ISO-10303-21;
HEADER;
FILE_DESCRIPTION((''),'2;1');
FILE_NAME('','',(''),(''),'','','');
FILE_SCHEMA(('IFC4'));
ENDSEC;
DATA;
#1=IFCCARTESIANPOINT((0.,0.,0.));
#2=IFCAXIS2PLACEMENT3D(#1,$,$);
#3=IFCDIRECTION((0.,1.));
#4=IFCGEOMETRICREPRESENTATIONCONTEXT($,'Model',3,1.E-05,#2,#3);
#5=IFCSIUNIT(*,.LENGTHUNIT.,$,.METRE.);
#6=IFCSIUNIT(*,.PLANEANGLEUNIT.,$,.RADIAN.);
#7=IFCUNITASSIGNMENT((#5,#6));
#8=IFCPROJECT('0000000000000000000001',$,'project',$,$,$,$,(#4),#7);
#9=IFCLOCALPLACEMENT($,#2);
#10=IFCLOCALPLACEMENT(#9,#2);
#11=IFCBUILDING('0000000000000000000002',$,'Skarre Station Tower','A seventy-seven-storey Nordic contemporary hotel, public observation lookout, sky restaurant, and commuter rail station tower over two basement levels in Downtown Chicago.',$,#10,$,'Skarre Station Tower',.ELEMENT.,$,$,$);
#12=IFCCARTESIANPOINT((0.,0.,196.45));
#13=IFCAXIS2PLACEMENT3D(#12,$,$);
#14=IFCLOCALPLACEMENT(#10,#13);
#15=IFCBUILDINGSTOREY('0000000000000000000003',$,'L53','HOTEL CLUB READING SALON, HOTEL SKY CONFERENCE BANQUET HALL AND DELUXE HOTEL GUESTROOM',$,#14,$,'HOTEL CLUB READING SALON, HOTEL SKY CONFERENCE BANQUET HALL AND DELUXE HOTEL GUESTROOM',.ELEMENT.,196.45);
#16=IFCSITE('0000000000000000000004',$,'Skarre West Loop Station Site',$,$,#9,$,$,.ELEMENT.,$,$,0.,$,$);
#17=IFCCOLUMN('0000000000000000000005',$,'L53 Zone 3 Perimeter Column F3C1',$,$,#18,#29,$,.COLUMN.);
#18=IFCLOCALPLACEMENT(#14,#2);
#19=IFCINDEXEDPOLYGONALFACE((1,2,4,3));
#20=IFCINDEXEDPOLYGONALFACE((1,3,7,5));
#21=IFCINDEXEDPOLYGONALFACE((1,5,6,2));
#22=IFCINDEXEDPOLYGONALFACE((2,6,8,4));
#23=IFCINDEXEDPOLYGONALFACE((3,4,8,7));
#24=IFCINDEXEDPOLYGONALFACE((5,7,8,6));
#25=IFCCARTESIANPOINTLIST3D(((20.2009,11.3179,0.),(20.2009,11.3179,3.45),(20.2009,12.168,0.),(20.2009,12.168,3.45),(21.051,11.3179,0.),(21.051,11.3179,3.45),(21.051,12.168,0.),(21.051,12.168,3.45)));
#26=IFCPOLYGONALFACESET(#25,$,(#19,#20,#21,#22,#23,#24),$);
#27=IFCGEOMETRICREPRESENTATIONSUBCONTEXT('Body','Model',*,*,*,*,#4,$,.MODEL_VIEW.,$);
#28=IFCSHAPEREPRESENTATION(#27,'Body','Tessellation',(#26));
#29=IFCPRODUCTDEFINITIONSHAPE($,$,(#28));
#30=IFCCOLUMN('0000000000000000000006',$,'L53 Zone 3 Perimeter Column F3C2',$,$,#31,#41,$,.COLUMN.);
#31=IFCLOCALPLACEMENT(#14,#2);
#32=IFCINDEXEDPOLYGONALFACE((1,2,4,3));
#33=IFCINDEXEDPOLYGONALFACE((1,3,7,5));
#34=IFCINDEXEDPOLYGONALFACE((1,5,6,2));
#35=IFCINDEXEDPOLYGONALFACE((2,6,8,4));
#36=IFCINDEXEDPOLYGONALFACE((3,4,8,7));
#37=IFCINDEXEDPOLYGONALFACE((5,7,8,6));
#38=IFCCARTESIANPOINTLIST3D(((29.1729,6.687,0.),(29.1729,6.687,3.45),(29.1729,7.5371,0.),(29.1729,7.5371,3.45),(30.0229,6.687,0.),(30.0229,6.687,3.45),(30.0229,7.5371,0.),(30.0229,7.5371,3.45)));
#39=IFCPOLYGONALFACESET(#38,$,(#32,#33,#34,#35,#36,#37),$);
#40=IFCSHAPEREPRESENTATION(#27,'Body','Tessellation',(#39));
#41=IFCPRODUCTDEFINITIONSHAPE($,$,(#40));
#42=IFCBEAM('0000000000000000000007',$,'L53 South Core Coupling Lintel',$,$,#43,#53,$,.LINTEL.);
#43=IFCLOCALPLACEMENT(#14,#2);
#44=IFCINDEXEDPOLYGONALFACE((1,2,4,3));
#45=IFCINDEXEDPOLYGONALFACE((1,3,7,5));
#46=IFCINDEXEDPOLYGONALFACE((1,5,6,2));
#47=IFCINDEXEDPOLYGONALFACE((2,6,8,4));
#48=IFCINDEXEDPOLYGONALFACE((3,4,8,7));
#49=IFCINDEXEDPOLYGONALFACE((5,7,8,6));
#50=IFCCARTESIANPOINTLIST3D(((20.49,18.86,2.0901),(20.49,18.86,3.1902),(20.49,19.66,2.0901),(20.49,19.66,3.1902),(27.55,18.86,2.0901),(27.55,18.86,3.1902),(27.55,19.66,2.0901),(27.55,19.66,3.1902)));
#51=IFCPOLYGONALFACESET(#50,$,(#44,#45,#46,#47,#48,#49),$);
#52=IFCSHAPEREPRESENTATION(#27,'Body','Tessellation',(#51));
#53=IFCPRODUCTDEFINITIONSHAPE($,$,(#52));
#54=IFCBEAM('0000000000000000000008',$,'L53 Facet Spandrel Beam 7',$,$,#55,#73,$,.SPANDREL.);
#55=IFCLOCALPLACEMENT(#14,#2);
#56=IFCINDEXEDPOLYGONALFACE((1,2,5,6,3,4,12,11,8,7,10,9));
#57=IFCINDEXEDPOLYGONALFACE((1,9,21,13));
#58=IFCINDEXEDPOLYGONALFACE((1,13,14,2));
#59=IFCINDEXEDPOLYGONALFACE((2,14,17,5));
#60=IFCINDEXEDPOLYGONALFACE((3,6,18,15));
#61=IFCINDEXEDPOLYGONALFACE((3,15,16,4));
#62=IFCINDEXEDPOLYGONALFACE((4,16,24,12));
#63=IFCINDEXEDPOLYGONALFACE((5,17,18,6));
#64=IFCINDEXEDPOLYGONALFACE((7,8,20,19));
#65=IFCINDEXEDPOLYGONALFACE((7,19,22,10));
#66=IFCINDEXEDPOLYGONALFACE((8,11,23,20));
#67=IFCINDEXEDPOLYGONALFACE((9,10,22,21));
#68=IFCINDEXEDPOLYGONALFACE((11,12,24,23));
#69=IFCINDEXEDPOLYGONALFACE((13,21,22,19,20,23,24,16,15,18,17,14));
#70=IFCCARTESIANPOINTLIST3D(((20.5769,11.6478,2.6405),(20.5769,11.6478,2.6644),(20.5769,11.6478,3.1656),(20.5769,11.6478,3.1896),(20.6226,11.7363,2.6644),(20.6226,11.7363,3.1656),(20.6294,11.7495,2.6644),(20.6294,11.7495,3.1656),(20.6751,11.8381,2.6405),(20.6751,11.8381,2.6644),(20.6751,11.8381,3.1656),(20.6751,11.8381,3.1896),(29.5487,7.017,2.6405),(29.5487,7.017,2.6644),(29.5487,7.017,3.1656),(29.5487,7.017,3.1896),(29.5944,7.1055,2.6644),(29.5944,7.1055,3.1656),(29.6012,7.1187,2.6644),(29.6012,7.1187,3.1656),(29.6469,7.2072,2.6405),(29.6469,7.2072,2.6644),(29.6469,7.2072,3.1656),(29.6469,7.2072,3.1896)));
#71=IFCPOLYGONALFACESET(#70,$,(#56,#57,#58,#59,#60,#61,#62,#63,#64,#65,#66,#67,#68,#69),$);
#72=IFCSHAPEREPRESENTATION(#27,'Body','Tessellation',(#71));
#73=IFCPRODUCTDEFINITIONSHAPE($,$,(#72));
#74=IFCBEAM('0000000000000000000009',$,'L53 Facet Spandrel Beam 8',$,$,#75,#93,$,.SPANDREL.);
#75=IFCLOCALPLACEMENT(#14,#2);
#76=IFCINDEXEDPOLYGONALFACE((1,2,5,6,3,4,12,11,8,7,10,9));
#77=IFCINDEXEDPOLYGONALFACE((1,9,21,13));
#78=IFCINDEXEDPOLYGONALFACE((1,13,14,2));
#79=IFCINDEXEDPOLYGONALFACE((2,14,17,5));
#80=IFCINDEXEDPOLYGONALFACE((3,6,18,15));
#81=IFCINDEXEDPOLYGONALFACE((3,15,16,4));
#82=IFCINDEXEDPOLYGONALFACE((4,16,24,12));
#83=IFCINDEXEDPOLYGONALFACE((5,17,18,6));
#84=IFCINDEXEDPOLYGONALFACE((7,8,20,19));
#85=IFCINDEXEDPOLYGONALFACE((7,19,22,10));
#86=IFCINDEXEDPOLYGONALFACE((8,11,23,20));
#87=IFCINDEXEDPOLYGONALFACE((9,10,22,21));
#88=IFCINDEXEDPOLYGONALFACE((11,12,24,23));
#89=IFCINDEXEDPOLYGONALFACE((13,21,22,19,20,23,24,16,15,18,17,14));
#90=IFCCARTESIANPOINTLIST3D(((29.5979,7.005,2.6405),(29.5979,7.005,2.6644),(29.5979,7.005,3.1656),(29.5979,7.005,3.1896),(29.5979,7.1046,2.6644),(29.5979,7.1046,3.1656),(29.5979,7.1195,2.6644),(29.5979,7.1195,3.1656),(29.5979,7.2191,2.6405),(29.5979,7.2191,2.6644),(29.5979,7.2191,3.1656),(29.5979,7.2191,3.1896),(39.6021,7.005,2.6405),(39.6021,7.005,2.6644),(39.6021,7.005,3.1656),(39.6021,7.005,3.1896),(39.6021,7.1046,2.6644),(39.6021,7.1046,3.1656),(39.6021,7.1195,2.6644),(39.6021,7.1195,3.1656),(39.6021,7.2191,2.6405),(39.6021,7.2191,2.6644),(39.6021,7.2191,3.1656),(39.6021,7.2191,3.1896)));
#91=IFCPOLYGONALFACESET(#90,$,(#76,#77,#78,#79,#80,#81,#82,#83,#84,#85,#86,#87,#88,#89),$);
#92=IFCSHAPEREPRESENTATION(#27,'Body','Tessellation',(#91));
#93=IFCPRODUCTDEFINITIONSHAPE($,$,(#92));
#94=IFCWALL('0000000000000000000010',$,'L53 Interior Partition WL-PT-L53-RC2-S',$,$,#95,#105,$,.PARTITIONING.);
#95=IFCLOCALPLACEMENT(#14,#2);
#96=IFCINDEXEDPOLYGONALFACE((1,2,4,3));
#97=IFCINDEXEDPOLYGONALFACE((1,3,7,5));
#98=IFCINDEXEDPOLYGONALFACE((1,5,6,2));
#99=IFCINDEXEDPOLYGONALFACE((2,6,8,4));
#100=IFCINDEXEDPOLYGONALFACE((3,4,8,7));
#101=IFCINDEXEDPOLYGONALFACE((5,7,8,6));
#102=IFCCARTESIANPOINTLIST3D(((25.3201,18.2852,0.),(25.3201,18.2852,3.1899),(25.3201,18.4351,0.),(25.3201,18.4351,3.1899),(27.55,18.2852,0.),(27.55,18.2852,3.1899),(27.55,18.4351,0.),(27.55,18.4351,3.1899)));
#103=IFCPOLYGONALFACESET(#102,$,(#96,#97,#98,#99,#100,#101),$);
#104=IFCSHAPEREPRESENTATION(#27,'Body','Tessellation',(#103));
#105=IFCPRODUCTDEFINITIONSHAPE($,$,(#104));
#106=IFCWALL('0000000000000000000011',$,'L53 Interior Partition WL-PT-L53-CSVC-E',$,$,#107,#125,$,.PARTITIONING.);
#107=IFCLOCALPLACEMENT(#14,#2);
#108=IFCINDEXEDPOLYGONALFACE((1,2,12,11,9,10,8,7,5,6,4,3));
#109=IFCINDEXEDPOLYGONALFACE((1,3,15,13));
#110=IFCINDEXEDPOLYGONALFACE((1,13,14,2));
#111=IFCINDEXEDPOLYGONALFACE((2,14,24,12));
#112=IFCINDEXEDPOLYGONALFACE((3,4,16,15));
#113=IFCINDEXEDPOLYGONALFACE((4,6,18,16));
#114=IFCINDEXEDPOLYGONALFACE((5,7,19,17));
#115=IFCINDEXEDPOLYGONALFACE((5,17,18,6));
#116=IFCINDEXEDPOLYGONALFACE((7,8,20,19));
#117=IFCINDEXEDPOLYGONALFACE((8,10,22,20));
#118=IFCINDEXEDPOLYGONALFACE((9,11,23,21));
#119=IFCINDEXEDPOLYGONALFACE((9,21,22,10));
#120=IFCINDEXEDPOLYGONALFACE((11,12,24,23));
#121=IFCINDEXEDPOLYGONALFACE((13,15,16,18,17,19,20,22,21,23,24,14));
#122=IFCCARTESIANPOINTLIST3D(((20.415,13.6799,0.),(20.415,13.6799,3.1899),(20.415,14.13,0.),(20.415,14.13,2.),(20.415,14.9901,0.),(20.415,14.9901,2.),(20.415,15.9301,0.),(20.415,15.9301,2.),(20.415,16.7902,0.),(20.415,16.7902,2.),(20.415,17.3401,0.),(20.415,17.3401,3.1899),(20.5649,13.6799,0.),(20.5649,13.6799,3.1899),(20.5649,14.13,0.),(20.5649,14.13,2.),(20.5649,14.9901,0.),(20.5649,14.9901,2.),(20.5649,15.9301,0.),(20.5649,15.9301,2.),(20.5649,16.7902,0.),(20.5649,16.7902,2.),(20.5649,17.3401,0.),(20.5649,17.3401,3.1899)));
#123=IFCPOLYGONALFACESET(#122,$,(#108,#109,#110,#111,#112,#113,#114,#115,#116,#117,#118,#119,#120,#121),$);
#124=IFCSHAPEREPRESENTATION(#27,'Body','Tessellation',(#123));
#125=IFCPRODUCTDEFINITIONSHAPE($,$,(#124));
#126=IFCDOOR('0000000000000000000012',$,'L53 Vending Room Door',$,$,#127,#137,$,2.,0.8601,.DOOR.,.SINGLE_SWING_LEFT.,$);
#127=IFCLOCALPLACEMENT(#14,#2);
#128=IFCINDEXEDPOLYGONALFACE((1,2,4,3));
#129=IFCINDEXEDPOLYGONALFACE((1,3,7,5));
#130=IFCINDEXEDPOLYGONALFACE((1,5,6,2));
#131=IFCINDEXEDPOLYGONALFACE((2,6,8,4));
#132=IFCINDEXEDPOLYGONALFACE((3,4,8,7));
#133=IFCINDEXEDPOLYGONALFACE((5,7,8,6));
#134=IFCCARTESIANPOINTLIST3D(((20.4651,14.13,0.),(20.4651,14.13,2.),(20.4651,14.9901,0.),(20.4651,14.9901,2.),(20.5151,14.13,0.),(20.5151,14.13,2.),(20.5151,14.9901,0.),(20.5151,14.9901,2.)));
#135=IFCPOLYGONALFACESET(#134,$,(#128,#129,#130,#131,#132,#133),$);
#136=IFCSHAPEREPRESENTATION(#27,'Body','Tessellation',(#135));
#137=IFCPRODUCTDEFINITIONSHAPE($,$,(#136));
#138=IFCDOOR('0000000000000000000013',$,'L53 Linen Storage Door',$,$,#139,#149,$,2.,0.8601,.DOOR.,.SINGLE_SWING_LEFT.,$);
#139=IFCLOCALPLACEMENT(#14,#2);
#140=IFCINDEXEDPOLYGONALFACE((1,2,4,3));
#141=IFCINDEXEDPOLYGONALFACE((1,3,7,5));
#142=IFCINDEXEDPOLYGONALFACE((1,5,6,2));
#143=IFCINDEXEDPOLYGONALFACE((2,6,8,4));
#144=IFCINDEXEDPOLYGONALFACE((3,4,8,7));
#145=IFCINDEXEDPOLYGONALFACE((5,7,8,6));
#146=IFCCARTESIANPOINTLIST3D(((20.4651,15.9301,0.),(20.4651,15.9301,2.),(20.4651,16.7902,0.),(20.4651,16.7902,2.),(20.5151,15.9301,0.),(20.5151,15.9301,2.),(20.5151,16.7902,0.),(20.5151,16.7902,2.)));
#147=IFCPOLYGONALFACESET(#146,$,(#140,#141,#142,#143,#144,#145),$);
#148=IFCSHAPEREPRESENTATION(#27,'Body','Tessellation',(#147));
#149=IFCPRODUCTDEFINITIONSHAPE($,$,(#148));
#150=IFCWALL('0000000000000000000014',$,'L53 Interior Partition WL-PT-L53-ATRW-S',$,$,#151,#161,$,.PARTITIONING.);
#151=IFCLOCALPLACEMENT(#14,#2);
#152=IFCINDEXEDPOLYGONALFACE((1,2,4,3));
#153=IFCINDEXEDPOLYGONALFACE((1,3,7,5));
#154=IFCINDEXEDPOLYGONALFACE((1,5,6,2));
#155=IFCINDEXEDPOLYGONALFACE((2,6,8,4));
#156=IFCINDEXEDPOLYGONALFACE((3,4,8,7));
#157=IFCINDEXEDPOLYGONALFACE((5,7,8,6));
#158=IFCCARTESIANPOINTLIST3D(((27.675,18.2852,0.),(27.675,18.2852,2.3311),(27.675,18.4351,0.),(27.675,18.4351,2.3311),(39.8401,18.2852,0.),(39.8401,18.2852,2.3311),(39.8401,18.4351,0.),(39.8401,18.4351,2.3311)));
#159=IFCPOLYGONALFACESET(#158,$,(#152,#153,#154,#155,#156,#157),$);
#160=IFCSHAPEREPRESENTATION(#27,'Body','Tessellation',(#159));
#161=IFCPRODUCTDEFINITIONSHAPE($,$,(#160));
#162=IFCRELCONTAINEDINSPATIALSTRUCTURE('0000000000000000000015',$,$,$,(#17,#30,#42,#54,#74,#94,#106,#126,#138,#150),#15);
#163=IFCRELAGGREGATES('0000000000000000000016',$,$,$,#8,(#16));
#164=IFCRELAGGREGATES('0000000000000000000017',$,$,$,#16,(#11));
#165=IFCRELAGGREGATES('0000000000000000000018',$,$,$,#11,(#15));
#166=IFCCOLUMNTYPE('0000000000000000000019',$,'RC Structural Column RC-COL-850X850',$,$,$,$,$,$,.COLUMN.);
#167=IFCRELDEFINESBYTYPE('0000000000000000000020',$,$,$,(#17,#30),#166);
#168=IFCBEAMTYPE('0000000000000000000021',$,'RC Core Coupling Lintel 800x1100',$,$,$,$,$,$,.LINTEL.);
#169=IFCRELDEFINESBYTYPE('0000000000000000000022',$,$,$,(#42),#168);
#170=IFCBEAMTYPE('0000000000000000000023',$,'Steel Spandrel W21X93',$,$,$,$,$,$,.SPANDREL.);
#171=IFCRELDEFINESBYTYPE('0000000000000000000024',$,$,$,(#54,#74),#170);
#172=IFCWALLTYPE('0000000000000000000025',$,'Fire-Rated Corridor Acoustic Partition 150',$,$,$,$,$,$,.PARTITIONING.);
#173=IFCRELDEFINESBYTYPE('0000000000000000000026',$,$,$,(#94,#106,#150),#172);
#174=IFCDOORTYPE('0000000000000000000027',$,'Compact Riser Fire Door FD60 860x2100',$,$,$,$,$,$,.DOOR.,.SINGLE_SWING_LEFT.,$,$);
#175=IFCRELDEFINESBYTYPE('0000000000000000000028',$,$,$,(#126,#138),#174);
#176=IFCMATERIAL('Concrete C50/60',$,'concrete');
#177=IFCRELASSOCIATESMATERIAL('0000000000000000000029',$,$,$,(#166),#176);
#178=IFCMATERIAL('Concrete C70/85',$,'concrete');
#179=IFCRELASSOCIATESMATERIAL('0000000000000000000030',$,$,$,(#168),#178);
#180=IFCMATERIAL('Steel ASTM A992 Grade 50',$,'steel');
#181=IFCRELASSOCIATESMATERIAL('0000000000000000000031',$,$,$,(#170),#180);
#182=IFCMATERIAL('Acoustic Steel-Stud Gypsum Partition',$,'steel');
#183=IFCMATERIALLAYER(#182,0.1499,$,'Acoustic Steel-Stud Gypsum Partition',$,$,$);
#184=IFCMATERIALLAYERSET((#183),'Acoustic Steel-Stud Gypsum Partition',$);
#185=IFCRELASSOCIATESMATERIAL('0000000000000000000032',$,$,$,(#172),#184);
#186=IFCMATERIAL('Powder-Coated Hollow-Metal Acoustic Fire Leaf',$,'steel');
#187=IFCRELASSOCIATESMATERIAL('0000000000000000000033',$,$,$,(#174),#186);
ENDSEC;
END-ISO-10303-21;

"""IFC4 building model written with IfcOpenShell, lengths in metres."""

from ifc_helpers import new_model, si_unit, direction, frame, frame_2d, origin, origin_2d, place, context, subcontext, project, spatial, rectangle, i_section, extrude, material, layer, layer_set, material_profile, profile_set, type_object, element, fill, save


model = new_model("IFC4")

# Units and contexts
model_context = context("Model", 3, precision=1e-05, world=origin(), true_north=direction((0.0, 1.0)))
body_context = subcontext(model_context, "Body", "Model", "MODEL_VIEW")
ifc_project = project(units=[si_unit("LENGTHUNIT", "METRE"), si_unit("PLANEANGLEUNIT", "RADIAN")], contexts=[model_context])

# Site, building, storey
site_placement = place(None, origin())
site = spatial("IfcSite", under=ifc_project, at=site_placement, Name="Skarre West Loop Station Site", CompositionType="ELEMENT", RefElevation=0.0)
building_placement = place(site_placement, origin())
building = spatial("IfcBuilding", under=site, at=building_placement, Name="Skarre Station Tower", Description="A seventy-seven-storey Nordic contemporary hotel, public observation lookout, sky restaurant, and commuter rail station tower over two basement levels in Downtown Chicago.", LongName="Skarre Station Tower", CompositionType="ELEMENT")
storey_placement = place(building_placement, frame((0.0, 0.0, 196.45)))
storey = spatial("IfcBuildingStorey", under=building, at=storey_placement, Name="L53", Description="HOTEL CLUB READING SALON, HOTEL SKY CONFERENCE BANQUET HALL AND DELUXE HOTEL GUESTROOM", LongName="HOTEL CLUB READING SALON, HOTEL SKY CONFERENCE BANQUET HALL AND DELUXE HOTEL GUESTROOM", CompositionType="ELEMENT", Elevation=196.45)

# Columns
ifc_material_1 = material(Name="Concrete C50/60", Category="concrete")
ifc_material_profile_1 = material_profile(ifc_material_1, rectangle(XDim=0.8501, YDim=0.8501, at=origin_2d()), Name="Concrete C50/60")
ifc_profile_set_1 = profile_set([ifc_material_profile_1], Name="Concrete C50/60")
column_type = type_object("IfcColumnType", Name="RC Structural Column RC-COL-850X850", PredefinedType="COLUMN", material=ifc_profile_set_1)
for number, where, z_axis, x_axis, name in (
    (1, (20.626, 11.7429, 0.0), (0.0, 0.0, 1.0), (1.0, 0.0, 0.0), "L53 Zone 3 Perimeter Column F3C1"),
    (2, (29.5979, 7.1121, 0.0), (0.0, 0.0, 1.0), (1.0, 0.0, 0.0), "L53 Zone 3 Perimeter Column F3C2"),
):
    element("IfcColumn", number, at=place(storey_placement, frame(where, z_axis=z_axis, x_axis=x_axis)), inside=storey, type_object=column_type, Name=name, PredefinedType="COLUMN", context=body_context, shape_type="SweptSolid", body=[
        extrude(rectangle(XDim=0.8501, YDim=0.8501, at=origin_2d()), origin(), (0.0, 0.0, 1.0), 3.45),
    ])

# Beams
ifc_material_2 = material(Name="Concrete C70/85", Category="concrete")
ifc_material_profile_2 = material_profile(ifc_material_2, rectangle(XDim=0.8, YDim=1.1001, at=origin_2d()), Name="Concrete C70/85")
ifc_profile_set_2 = profile_set([ifc_material_profile_2], Name="Concrete C70/85")
beam_type_1 = type_object("IfcBeamType", Name="RC Core Coupling Lintel 800x1100", PredefinedType="LINTEL", material=ifc_profile_set_2)
beam_1_placement = place(storey_placement, frame((20.49, 19.26, 2.6401), z_axis=(1.0, 0.0, 0.0), x_axis=(0.0, 1.0, 0.0)))
element("IfcBeam", 3, at=beam_1_placement, inside=storey, type_object=beam_type_1, Name="L53 South Core Coupling Lintel", PredefinedType="LINTEL", context=body_context, shape_type="SweptSolid", body=[
    extrude(rectangle(XDim=0.8, YDim=1.1001, at=origin_2d()), origin(), (0.0, 0.0, 1.0), 7.0601),
])
ifc_material_3 = material(Name="Steel ASTM A992 Grade 50", Category="steel")
ifc_material_profile_3 = material_profile(ifc_material_3, i_section(OverallWidth=0.2141, OverallDepth=0.5491, WebThickness=0.0149, FlangeThickness=0.0239, at=origin_2d()), Name="Steel ASTM A992 Grade 50")
ifc_profile_set_3 = profile_set([ifc_material_profile_3], Name="Steel ASTM A992 Grade 50")
beam_type_2 = type_object("IfcBeamType", Name="Steel Spandrel W21X93", PredefinedType="SPANDREL", material=ifc_profile_set_3)
beam_2_placement = place(storey_placement, frame((20.626, 11.7429, 2.915), z_axis=(0.888613, -0.458658, 0.0), x_axis=(0.458658, 0.888613, 0.0)))
element("IfcBeam", 4, at=beam_2_placement, inside=storey, type_object=beam_type_2, Name="L53 Facet Spandrel Beam 7", PredefinedType="SPANDREL", context=body_context, shape_type="SweptSolid", body=[
    extrude(i_section(OverallWidth=0.2141, OverallDepth=0.5491, WebThickness=0.0149, FlangeThickness=0.0239, at=origin_2d()), origin(), (0.0, 0.0, 1.0), 10.0964),
])
beam_3_placement = place(storey_placement, frame((29.5979, 7.1121, 2.915), z_axis=(1.0, 0.0, 0.0), x_axis=(0.0, 1.0, 0.0)))
element("IfcBeam", 5, at=beam_3_placement, inside=storey, type_object=beam_type_2, Name="L53 Facet Spandrel Beam 8", PredefinedType="SPANDREL", context=body_context, shape_type="SweptSolid", body=[
    extrude(i_section(OverallWidth=0.2141, OverallDepth=0.5491, WebThickness=0.0149, FlangeThickness=0.0239, at=origin_2d()), origin(), (0.0, 0.0, 1.0), 10.0042),
])

# Wall
ifc_material_4 = material(Name="Acoustic Steel-Stud Gypsum Partition", Category="steel")
ifc_layer_1 = layer(ifc_material_4, 0.1499, Name="Acoustic Steel-Stud Gypsum Partition")
ifc_layer_set_1 = layer_set([ifc_layer_1], Name="Acoustic Steel-Stud Gypsum Partition")
wall_type_1 = type_object("IfcWallType", Name="Fire-Rated Corridor Acoustic Partition 150", PredefinedType="PARTITIONING", material=ifc_layer_set_1)
wall_1_placement = place(storey_placement, frame((25.3201, 18.3601, 0.0), z_axis=(0.0, 0.0, 1.0), x_axis=(1.0, 0.0, 0.0)))
element("IfcWall", 6, at=wall_1_placement, inside=storey, type_object=wall_type_1, Name="L53 Interior Partition WL-PT-L53-RC2-S", PredefinedType="PARTITIONING", context=body_context, shape_type="SweptSolid", body=[
    extrude(rectangle(XDim=2.23, YDim=0.1499, at=frame_2d((1.115, 0.0))), origin(), (0.0, 0.0, 1.0), 3.1899),
])

# Wall, openings, doors
wall_2_placement = place(storey_placement, frame((20.49, 13.6799, 0.0), z_axis=(0.0, 0.0, 1.0), x_axis=(0.0, 1.0, 0.0)))
wall_2 = element("IfcWall", 7, at=wall_2_placement, inside=storey, type_object=wall_type_1, Name="L53 Interior Partition WL-PT-L53-CSVC-E", PredefinedType="PARTITIONING", context=body_context, shape_type="SweptSolid", body=[
    extrude(rectangle(XDim=3.6602, YDim=0.1499, at=frame_2d((1.8301, 0.0))), origin(), (0.0, 0.0, 1.0), 3.1899),
])
opening_1_placement = place(wall_2_placement, frame((0.45, 0.0, 0.0)))
opening_1 = element("IfcOpeningElement", 8, at=opening_1_placement, cuts=wall_2, PredefinedType="OPENING", context=body_context, shape_type="SweptSolid", body=[
    extrude(rectangle(XDim=0.8601, YDim=2.0, at=frame_2d((0.4302, 1.0))), frame((0.0, 0.085, 0.0), z_axis=(0.0, -1.0, 0.0), x_axis=(1.0, 0.0, 0.0)), (0.0, 0.0, 1.0), 0.1699),
])
opening_2_placement = place(wall_2_placement, frame((2.25, 0.0, 0.0)))
opening_2 = element("IfcOpeningElement", 9, at=opening_2_placement, cuts=wall_2, PredefinedType="OPENING", context=body_context, shape_type="SweptSolid", body=[
    extrude(rectangle(XDim=0.8601, YDim=2.0, at=frame_2d((0.4302, 1.0))), frame((0.0, 0.085, 0.0), z_axis=(0.0, -1.0, 0.0), x_axis=(1.0, 0.0, 0.0)), (0.0, 0.0, 1.0), 0.1699),
])
ifc_material_5 = material(Name="Powder-Coated Hollow-Metal Acoustic Fire Leaf", Category="steel")
door_type_1 = type_object("IfcDoorType", Name="Compact Riser Fire Door FD60 860x2100", OperationType="SINGLE_SWING_LEFT", PredefinedType="DOOR", material=ifc_material_5)
door_1_placement = place(opening_1_placement, origin())
door_1 = element("IfcDoor", 10, at=door_1_placement, inside=storey, type_object=door_type_1, Name="L53 Vending Room Door", OperationType="SINGLE_SWING_LEFT", OverallHeight=2.0, OverallWidth=0.8601, PredefinedType="DOOR", context=body_context, shape_type="SweptSolid", body=[
    extrude(rectangle(XDim=0.8601, YDim=2.0, at=frame_2d((0.4302, 1.0))), frame((0.0, 0.0249, 0.0), z_axis=(0.0, -1.0, 0.0), x_axis=(1.0, 0.0, 0.0)), (0.0, 0.0, 1.0), 0.05),
])
fill(opening_1, door_1)
door_2_placement = place(opening_2_placement, origin())
door_2 = element("IfcDoor", 11, at=door_2_placement, inside=storey, type_object=door_type_1, Name="L53 Linen Storage Door", OperationType="SINGLE_SWING_LEFT", OverallHeight=2.0, OverallWidth=0.8601, PredefinedType="DOOR", context=body_context, shape_type="SweptSolid", body=[
    extrude(rectangle(XDim=0.8601, YDim=2.0, at=frame_2d((0.4302, 1.0))), frame((0.0, 0.0249, 0.0), z_axis=(0.0, -1.0, 0.0), x_axis=(1.0, 0.0, 0.0)), (0.0, 0.0, 1.0), 0.05),
])
fill(opening_2, door_2)

# Wall
wall_3_placement = place(storey_placement, frame((27.675, 18.3601, 0.0), z_axis=(0.0, 0.0, 1.0), x_axis=(1.0, 0.0, 0.0)))
element("IfcWall", 12, at=wall_3_placement, inside=storey, type_object=wall_type_1, Name="L53 Interior Partition WL-PT-L53-ATRW-S", PredefinedType="PARTITIONING", context=body_context, shape_type="SweptSolid", body=[
    extrude(rectangle(XDim=12.165, YDim=0.1499, at=frame_2d((6.0825, 0.0))), origin(), (0.0, 0.0, 1.0), 2.3311),
])

save(model, "model.ifc")
